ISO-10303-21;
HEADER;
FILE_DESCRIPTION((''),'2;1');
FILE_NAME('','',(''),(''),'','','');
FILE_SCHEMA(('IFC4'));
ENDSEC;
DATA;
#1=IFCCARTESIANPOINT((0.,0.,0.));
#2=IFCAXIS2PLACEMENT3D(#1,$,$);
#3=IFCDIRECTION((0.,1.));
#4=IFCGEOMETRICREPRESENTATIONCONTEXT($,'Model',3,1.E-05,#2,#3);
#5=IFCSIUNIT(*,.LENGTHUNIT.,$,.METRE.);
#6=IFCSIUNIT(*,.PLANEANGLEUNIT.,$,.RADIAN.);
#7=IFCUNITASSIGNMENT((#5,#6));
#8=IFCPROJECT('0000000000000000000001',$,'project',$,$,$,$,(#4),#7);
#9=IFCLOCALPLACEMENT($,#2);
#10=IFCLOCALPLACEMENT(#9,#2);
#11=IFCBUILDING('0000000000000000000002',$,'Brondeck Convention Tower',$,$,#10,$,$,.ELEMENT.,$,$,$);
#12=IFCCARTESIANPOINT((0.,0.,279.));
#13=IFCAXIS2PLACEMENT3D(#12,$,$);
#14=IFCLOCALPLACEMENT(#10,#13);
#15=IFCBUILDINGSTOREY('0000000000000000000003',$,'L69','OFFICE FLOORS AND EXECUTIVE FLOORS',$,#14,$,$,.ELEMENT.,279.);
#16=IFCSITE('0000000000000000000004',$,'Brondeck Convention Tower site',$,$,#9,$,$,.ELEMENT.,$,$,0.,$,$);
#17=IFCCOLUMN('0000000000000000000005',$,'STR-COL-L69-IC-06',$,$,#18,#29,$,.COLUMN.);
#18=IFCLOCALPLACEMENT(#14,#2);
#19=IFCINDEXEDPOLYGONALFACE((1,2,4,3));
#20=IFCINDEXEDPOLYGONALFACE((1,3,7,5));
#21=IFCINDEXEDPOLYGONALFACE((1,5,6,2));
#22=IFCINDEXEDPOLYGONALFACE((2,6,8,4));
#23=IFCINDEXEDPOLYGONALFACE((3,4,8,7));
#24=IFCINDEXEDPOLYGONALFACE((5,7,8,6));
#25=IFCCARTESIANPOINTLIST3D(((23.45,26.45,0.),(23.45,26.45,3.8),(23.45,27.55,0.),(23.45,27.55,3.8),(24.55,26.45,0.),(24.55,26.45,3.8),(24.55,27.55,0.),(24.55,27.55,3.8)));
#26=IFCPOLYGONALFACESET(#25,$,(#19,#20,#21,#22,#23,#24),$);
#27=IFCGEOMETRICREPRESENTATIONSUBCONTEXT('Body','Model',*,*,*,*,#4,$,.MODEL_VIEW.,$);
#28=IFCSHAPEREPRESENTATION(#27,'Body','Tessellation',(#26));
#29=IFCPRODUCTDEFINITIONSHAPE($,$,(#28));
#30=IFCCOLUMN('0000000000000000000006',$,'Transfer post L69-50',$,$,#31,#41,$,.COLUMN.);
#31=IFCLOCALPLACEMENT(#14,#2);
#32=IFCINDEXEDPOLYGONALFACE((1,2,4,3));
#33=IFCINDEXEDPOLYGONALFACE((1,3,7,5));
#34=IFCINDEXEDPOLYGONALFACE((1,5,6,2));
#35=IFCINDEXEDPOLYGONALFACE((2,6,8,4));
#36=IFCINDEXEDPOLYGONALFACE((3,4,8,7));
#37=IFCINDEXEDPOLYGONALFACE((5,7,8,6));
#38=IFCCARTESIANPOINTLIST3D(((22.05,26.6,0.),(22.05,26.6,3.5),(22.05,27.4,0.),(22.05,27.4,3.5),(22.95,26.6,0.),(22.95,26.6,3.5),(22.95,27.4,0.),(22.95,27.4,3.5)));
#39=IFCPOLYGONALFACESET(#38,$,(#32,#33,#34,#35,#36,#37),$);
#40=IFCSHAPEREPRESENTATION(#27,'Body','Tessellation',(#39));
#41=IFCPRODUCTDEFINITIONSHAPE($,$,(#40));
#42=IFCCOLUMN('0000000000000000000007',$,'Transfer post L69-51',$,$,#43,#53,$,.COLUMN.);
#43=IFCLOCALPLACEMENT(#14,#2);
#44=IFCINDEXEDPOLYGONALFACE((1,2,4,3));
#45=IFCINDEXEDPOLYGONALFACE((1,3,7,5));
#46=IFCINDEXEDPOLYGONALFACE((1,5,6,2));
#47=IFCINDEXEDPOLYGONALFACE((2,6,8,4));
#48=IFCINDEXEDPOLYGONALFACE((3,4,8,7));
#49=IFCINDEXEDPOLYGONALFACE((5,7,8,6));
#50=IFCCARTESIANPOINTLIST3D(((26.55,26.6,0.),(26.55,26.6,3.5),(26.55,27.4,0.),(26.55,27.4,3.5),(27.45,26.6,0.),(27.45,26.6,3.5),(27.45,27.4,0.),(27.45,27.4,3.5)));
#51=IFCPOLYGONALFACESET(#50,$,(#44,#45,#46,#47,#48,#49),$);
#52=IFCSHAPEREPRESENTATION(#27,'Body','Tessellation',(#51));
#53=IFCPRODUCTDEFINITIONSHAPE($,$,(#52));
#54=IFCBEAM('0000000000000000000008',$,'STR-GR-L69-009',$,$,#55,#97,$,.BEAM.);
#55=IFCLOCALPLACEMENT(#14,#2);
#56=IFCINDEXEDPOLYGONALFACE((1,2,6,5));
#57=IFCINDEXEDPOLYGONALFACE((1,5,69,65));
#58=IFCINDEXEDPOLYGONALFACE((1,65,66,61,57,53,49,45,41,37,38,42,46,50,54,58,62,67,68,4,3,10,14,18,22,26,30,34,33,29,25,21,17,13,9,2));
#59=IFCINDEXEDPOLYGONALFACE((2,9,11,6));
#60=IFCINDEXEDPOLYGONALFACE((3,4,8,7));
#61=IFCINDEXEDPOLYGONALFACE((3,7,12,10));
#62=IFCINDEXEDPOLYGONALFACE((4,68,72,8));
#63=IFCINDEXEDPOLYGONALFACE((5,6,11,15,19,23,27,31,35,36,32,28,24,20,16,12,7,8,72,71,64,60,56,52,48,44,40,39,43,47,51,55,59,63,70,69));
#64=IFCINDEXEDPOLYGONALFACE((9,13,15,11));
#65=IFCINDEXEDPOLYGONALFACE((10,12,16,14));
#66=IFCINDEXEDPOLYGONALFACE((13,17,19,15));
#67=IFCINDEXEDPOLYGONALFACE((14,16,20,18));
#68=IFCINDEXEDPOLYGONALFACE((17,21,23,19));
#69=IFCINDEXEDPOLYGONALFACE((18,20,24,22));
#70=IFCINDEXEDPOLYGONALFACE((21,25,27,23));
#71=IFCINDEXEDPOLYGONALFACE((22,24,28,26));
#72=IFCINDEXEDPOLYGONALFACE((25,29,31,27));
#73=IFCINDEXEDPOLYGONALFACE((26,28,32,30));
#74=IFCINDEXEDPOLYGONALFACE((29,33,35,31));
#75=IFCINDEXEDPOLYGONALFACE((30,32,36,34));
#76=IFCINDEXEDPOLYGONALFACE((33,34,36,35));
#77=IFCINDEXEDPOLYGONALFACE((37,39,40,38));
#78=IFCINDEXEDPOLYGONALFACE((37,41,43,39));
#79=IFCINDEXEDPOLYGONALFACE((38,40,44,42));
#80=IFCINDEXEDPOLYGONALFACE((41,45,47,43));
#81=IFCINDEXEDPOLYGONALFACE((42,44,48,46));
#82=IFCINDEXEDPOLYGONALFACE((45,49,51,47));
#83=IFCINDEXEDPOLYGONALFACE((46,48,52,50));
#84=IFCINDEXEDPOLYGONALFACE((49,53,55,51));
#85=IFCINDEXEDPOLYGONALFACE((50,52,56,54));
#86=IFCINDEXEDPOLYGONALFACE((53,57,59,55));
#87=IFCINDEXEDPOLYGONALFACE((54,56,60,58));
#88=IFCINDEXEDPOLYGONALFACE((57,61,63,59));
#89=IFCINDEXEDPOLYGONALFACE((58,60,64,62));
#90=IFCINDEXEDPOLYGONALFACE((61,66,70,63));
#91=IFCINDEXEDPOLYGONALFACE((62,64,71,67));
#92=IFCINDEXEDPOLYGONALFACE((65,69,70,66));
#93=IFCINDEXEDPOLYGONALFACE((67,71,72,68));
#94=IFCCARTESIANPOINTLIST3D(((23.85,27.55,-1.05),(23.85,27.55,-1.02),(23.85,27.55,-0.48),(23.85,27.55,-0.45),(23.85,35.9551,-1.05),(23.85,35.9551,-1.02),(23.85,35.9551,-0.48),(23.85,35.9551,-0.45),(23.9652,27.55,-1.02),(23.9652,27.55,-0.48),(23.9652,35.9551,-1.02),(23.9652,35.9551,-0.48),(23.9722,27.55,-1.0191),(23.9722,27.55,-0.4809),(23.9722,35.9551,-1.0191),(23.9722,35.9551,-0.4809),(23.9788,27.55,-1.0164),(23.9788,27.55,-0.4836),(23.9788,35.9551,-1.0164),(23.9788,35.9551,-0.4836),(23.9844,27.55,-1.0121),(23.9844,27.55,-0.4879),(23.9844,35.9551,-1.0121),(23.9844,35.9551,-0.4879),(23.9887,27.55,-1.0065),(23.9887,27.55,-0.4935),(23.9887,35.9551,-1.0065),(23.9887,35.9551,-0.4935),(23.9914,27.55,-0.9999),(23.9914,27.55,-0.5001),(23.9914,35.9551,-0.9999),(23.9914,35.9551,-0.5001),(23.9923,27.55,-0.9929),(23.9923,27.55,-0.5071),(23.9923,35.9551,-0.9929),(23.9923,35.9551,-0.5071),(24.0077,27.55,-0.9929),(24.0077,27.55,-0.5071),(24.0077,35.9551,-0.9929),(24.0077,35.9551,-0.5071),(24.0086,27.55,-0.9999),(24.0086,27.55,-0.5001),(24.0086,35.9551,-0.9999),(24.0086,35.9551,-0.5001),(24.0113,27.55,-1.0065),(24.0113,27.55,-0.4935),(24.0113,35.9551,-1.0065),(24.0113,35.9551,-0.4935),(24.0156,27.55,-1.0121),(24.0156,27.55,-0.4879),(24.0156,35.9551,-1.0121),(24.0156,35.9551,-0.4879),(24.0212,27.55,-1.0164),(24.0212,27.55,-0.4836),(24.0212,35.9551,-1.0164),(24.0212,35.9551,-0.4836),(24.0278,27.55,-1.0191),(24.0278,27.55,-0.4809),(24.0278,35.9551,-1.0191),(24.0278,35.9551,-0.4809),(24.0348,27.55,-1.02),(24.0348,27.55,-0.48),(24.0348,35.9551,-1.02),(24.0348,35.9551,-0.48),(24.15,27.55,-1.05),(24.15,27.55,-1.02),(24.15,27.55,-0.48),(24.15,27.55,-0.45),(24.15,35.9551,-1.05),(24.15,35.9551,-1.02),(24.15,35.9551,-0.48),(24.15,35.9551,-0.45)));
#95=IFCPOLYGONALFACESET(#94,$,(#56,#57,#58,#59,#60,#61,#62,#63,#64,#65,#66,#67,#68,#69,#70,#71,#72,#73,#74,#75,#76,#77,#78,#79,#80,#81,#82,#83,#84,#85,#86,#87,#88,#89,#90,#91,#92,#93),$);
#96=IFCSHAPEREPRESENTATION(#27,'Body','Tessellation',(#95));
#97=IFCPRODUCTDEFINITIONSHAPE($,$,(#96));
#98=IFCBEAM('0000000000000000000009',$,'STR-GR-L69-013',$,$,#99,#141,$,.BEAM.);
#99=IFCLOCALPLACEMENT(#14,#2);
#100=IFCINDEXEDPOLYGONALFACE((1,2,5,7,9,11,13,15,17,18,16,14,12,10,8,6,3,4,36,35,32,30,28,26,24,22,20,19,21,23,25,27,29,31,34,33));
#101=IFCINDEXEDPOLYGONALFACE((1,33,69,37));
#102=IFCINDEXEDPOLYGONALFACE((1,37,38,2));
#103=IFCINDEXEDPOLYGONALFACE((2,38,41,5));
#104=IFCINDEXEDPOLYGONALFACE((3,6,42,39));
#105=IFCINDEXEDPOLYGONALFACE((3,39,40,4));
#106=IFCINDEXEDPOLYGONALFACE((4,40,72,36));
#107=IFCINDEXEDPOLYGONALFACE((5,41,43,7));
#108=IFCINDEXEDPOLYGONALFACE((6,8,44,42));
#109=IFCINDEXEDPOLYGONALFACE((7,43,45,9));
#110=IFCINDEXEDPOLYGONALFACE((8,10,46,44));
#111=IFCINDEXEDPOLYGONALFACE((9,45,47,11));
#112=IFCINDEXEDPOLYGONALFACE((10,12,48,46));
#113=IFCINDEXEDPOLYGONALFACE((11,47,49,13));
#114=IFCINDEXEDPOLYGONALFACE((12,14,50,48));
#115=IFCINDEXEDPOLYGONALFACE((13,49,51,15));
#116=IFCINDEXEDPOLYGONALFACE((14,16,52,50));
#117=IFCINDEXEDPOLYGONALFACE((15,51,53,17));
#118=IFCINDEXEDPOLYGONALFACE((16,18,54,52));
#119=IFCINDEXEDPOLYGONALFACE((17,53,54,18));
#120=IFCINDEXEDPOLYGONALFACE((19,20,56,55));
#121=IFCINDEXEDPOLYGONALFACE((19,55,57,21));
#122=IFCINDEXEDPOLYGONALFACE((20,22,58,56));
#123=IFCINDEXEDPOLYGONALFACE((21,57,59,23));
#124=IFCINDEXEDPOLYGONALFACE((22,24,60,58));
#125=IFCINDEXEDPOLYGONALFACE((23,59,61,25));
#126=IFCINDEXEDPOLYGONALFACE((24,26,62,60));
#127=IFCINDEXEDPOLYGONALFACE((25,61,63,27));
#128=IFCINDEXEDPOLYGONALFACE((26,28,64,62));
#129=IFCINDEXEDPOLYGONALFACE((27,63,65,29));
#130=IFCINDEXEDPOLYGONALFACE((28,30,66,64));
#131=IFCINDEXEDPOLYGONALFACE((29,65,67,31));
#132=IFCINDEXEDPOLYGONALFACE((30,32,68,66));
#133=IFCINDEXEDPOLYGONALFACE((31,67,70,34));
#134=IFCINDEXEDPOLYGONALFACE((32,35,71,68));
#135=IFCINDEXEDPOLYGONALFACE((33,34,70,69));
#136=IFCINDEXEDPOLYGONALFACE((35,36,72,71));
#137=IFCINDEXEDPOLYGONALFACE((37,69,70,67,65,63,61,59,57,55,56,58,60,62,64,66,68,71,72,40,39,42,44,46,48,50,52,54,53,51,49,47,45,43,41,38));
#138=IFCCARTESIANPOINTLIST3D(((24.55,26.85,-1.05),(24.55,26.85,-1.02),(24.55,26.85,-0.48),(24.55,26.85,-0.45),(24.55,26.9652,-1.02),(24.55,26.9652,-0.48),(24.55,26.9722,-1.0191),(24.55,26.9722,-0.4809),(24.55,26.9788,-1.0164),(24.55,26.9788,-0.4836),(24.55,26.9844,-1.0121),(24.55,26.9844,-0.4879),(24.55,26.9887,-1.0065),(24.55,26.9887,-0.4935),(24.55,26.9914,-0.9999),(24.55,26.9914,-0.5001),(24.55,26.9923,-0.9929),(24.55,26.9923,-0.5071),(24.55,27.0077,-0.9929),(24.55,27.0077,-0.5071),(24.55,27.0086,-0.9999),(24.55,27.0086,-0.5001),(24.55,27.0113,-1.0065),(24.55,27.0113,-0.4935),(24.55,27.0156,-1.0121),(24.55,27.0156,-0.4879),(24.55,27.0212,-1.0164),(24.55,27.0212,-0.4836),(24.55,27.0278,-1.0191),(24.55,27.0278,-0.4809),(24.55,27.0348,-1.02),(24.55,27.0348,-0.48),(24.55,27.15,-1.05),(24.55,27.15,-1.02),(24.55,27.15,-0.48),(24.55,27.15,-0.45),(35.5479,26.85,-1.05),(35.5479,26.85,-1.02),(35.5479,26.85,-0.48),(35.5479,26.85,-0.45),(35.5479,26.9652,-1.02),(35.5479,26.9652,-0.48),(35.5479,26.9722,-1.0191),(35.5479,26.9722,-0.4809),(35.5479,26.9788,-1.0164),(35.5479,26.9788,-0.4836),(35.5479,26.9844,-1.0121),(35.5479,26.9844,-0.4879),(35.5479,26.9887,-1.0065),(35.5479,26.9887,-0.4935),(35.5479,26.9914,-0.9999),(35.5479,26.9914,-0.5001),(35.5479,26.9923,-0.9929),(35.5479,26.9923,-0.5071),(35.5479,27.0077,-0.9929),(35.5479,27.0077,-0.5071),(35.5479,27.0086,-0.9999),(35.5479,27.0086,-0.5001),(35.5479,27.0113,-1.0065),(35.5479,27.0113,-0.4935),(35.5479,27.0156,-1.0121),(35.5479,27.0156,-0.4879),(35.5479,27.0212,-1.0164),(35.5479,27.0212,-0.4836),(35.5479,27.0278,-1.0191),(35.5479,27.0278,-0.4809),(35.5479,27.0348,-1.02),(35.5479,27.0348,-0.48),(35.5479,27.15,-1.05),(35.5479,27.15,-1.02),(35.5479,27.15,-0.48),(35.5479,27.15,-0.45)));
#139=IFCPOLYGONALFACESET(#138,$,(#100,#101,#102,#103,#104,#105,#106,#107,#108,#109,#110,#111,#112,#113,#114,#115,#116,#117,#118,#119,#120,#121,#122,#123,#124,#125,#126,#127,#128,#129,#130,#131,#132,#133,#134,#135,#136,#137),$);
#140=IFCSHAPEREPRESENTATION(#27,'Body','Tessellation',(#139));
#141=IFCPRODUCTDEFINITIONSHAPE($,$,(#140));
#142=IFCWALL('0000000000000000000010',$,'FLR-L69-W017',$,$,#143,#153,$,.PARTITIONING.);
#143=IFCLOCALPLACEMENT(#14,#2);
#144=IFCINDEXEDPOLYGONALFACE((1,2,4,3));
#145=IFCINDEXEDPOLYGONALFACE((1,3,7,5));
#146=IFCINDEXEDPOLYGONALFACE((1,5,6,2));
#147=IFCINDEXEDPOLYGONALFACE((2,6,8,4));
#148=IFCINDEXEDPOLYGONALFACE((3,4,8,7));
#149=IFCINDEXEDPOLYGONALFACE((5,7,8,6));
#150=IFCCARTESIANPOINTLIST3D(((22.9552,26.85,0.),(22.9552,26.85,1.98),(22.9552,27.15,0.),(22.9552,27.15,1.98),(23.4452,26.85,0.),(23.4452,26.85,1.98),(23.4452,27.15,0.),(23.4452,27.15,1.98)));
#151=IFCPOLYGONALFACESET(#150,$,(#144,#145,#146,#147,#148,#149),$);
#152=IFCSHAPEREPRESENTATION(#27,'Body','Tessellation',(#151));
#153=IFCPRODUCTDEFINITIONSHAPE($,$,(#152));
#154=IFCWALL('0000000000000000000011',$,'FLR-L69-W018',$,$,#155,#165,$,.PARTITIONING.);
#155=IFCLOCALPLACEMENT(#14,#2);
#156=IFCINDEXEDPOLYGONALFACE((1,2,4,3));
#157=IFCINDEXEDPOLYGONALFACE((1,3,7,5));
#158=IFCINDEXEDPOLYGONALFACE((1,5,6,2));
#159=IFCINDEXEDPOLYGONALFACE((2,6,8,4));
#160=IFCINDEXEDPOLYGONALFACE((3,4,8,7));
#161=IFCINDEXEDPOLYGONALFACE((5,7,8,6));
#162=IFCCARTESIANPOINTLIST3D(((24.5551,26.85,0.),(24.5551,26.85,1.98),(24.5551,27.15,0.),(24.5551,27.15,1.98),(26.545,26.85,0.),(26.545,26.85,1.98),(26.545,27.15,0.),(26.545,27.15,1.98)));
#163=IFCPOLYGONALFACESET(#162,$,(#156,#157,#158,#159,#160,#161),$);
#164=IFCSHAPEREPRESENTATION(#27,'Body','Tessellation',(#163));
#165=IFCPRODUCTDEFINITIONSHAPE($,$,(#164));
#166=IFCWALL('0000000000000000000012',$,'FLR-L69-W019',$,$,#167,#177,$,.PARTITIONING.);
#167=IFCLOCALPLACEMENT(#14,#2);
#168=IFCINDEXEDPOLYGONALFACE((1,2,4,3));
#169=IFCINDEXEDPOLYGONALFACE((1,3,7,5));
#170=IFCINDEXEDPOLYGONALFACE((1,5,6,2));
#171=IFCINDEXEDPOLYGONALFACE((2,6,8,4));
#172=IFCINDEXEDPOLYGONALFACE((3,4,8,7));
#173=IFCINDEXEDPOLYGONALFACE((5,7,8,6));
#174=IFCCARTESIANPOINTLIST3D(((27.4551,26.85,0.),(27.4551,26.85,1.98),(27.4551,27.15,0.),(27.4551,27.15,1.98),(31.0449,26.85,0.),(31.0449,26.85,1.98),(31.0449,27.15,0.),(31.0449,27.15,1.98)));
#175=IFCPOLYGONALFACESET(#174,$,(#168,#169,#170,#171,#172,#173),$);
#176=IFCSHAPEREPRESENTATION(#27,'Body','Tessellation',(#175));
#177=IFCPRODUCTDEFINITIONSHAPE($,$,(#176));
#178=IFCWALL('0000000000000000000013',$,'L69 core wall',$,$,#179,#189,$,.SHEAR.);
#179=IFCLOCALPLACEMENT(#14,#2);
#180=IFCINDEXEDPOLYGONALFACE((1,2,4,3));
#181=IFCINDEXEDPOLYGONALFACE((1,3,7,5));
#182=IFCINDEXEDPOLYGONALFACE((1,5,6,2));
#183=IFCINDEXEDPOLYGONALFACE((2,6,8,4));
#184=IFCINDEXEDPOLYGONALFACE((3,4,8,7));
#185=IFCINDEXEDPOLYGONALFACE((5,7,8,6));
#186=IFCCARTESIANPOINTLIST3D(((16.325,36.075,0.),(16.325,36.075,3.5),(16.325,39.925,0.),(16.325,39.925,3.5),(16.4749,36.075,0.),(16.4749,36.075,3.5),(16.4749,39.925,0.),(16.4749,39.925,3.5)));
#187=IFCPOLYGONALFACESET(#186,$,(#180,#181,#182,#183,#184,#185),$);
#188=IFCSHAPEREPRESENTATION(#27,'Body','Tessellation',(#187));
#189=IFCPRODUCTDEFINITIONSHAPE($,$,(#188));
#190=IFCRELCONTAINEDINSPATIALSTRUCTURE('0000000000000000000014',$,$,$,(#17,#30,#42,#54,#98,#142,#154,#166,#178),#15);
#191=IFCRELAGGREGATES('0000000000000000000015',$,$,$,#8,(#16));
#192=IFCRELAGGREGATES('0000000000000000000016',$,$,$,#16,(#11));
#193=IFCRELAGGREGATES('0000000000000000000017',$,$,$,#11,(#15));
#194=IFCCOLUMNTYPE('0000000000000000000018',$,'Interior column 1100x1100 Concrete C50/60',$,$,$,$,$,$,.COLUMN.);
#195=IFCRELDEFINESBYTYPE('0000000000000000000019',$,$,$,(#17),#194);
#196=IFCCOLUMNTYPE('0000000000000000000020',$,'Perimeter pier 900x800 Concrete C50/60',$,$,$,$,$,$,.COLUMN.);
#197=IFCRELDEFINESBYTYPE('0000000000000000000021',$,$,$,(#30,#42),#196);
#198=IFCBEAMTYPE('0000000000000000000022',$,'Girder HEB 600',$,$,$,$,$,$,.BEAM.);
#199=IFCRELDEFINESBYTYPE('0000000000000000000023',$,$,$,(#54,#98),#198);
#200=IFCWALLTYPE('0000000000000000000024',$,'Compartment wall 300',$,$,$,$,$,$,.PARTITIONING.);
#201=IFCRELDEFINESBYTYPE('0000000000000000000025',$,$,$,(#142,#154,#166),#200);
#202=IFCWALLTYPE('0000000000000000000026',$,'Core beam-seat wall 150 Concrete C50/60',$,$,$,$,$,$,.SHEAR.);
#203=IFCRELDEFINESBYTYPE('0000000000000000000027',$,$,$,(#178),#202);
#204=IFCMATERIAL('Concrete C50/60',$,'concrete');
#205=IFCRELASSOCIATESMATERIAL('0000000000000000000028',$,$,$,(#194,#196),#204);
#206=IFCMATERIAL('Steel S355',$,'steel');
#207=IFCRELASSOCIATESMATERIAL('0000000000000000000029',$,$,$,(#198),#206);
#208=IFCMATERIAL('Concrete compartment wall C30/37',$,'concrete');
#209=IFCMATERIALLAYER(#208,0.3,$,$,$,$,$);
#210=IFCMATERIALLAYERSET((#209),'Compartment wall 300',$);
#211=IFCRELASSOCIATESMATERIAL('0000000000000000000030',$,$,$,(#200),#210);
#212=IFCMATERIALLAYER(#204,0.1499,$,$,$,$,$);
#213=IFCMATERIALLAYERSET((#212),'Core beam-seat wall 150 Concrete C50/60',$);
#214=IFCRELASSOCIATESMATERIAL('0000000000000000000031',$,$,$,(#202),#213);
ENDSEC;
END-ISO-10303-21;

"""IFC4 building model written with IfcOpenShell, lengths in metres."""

from ifc_helpers import new_model, si_unit, direction, frame, frame_2d, origin, origin_2d, place, context, subcontext, project, spatial, rectangle, i_section, extrude, material, layer, layer_set, material_profile, profile_set, type_object, element, save


model = new_model("IFC4")

# Units and contexts
model_context = context("Model", 3, precision=1e-05, world=origin(), true_north=direction((0.0, 1.0)))
body_context = subcontext(model_context, "Body", "Model", "MODEL_VIEW")
ifc_project = project(units=[si_unit("LENGTHUNIT", "METRE"), si_unit("PLANEANGLEUNIT", "RADIAN")], contexts=[model_context])

# Site, building, storey
site_placement = place(None, origin())
site = spatial("IfcSite", under=ifc_project, at=site_placement, Name="Brondeck Convention Tower site", CompositionType="ELEMENT", RefElevation=0.0)
building_placement = place(site_placement, origin())
building = spatial("IfcBuilding", under=site, at=building_placement, Name="Brondeck Convention Tower", CompositionType="ELEMENT")
storey_placement = place(building_placement, frame((0.0, 0.0, 279.0)))
storey = spatial("IfcBuildingStorey", under=building, at=storey_placement, Name="L69", Description="OFFICE FLOORS AND EXECUTIVE FLOORS", CompositionType="ELEMENT", Elevation=279.0)

# Columns
ifc_material_1 = material(Name="Concrete C50/60", Category="concrete")
ifc_material_profile_1 = material_profile(ifc_material_1, rectangle(XDim=1.1001, YDim=1.1001, at=origin_2d()), Name="Interior column 1100x1100 Concrete C50/60")
ifc_profile_set_1 = profile_set([ifc_material_profile_1], Name="Concrete C50/60")
column_type_1 = type_object("IfcColumnType", Name="Interior column 1100x1100 Concrete C50/60", PredefinedType="COLUMN", material=ifc_profile_set_1)
column_placement = place(storey_placement, frame((24.0, 27.0, 0.0), z_axis=(0.0, 0.0, 1.0), x_axis=(1.0, 0.0, 0.0)))
element("IfcColumn", 1, at=column_placement, inside=storey, type_object=column_type_1, Name="STR-COL-L69-IC-06", PredefinedType="COLUMN", context=body_context, shape_type="SweptSolid", body=[
    extrude(rectangle(XDim=1.1001, YDim=1.1001, at=origin_2d()), origin(), (0.0, 0.0, 1.0), 3.8),
])
ifc_material_profile_2 = material_profile(ifc_material_1, rectangle(XDim=0.8999, YDim=0.8, at=origin_2d()), Name="Perimeter pier 900x800 Concrete C50/60")
ifc_profile_set_2 = profile_set([ifc_material_profile_2], Name="Concrete C50/60")
column_type_2 = type_object("IfcColumnType", Name="Perimeter pier 900x800 Concrete C50/60", PredefinedType="COLUMN", material=ifc_profile_set_2)
for number, where, z_axis, x_axis, name in (
    (2, (22.5, 27.0, 0.0), (0.0, 0.0, 1.0), (1.0, 0.0, 0.0), "Transfer post L69-50"),
    (3, (27.0, 27.0, 0.0), (0.0, 0.0, 1.0), (1.0, 0.0, 0.0), "Transfer post L69-51"),
):
    element("IfcColumn", number, at=place(storey_placement, frame(where, z_axis=z_axis, x_axis=x_axis)), inside=storey, type_object=column_type_2, Name=name, PredefinedType="COLUMN", context=body_context, shape_type="SweptSolid", body=[
        extrude(rectangle(XDim=0.8999, YDim=0.8, at=origin_2d()), origin(), (0.0, 0.0, 1.0), 3.5),
    ])

# Beams
ifc_material_2 = material(Name="Steel S355", Category="steel")
ifc_material_profile_3 = material_profile(ifc_material_2, i_section(OverallWidth=0.3, OverallDepth=0.6001, WebThickness=0.0154, FlangeThickness=0.03, FilletRadius=0.0271, at=origin_2d()), Name="HEB 600")
ifc_profile_set_3 = profile_set([ifc_material_profile_3], Name="Steel S355")
beam_type = type_object("IfcBeamType", Name="Girder HEB 600", PredefinedType="BEAM", material=ifc_profile_set_3)
beam_1_placement = place(storey_placement, frame((24.0, 35.9551, -0.75), z_axis=(0.0, -1.0, 0.0), x_axis=(1.0, 0.0, 0.0)))
element("IfcBeam", 4, at=beam_1_placement, inside=storey, type_object=beam_type, Name="STR-GR-L69-009", PredefinedType="BEAM", context=body_context, shape_type="SweptSolid", body=[
    extrude(i_section(OverallWidth=0.3, OverallDepth=0.6001, WebThickness=0.0154, FlangeThickness=0.03, FilletRadius=0.0271, at=origin_2d()), origin(), (0.0, 0.0, 1.0), 8.405),
])
beam_2_placement = place(storey_placement, frame((24.55, 27.0, -0.75), z_axis=(1.0, 0.0, 0.0), x_axis=(0.0, 1.0, 0.0)))
element("IfcBeam", 5, at=beam_2_placement, inside=storey, type_object=beam_type, Name="STR-GR-L69-013", PredefinedType="BEAM", context=body_context, shape_type="SweptSolid", body=[
    extrude(i_section(OverallWidth=0.3, OverallDepth=0.6001, WebThickness=0.0154, FlangeThickness=0.03, FilletRadius=0.0271, at=origin_2d()), origin(), (0.0, 0.0, 1.0), 10.9978),
])

# Walls
ifc_material_3 = material(Name="Concrete compartment wall C30/37", Category="concrete")
ifc_layer_1 = layer(ifc_material_3, 0.3)
ifc_layer_set_1 = layer_set([ifc_layer_1], Name="Compartment wall 300")
wall_type_1 = type_object("IfcWallType", Name="Compartment wall 300", PredefinedType="PARTITIONING", material=ifc_layer_set_1)
wall_1_placement = place(storey_placement, frame((22.9551, 27.0, 0.0), z_axis=(0.0, 0.0, 1.0), x_axis=(1.0, 0.0, 0.0)))
element("IfcWall", 6, at=wall_1_placement, inside=storey, type_object=wall_type_1, Name="FLR-L69-W017", PredefinedType="PARTITIONING", context=body_context, shape_type="SweptSolid", body=[
    extrude(rectangle(XDim=0.49, YDim=0.3, at=frame_2d((0.2451, 0.0))), origin(), (0.0, 0.0, 1.0), 1.98),
])
wall_2_placement = place(storey_placement, frame((24.5549, 27.0, 0.0), z_axis=(0.0, 0.0, 1.0), x_axis=(1.0, 0.0, 0.0)))
element("IfcWall", 7, at=wall_2_placement, inside=storey, type_object=wall_type_1, Name="FLR-L69-W018", PredefinedType="PARTITIONING", context=body_context, shape_type="SweptSolid", body=[
    extrude(rectangle(XDim=1.99, YDim=0.3, at=frame_2d((0.9951, 0.0))), origin(), (0.0, 0.0, 1.0), 1.98),
])
wall_3_placement = place(storey_placement, frame((27.4551, 27.0, 0.0), z_axis=(0.0, 0.0, 1.0), x_axis=(1.0, 0.0, 0.0)))
element("IfcWall", 8, at=wall_3_placement, inside=storey, type_object=wall_type_1, Name="FLR-L69-W019", PredefinedType="PARTITIONING", context=body_context, shape_type="SweptSolid", body=[
    extrude(rectangle(XDim=3.5898, YDim=0.3, at=frame_2d((1.7949, 0.0))), origin(), (0.0, 0.0, 1.0), 1.98),
])
ifc_layer_2 = layer(ifc_material_1, 0.1499)
ifc_layer_set_2 = layer_set([ifc_layer_2], Name="Core beam-seat wall 150 Concrete C50/60")
wall_type_2 = type_object("IfcWallType", Name="Core beam-seat wall 150 Concrete C50/60", PredefinedType="SHEAR", material=ifc_layer_set_2)
wall_4_placement = place(storey_placement, frame((16.3999, 36.075, 0.0), z_axis=(0.0, 0.0, 1.0), x_axis=(0.0, 1.0, 0.0)))
element("IfcWall", 9, at=wall_4_placement, inside=storey, type_object=wall_type_2, Name="L69 core wall", PredefinedType="SHEAR", context=body_context, shape_type="SweptSolid", body=[
    extrude(rectangle(XDim=3.8501, YDim=0.1499, at=frame_2d((1.925, 0.0))), origin(), (0.0, 0.0, 1.0), 3.5),
])

save(model, "model.ifc")
